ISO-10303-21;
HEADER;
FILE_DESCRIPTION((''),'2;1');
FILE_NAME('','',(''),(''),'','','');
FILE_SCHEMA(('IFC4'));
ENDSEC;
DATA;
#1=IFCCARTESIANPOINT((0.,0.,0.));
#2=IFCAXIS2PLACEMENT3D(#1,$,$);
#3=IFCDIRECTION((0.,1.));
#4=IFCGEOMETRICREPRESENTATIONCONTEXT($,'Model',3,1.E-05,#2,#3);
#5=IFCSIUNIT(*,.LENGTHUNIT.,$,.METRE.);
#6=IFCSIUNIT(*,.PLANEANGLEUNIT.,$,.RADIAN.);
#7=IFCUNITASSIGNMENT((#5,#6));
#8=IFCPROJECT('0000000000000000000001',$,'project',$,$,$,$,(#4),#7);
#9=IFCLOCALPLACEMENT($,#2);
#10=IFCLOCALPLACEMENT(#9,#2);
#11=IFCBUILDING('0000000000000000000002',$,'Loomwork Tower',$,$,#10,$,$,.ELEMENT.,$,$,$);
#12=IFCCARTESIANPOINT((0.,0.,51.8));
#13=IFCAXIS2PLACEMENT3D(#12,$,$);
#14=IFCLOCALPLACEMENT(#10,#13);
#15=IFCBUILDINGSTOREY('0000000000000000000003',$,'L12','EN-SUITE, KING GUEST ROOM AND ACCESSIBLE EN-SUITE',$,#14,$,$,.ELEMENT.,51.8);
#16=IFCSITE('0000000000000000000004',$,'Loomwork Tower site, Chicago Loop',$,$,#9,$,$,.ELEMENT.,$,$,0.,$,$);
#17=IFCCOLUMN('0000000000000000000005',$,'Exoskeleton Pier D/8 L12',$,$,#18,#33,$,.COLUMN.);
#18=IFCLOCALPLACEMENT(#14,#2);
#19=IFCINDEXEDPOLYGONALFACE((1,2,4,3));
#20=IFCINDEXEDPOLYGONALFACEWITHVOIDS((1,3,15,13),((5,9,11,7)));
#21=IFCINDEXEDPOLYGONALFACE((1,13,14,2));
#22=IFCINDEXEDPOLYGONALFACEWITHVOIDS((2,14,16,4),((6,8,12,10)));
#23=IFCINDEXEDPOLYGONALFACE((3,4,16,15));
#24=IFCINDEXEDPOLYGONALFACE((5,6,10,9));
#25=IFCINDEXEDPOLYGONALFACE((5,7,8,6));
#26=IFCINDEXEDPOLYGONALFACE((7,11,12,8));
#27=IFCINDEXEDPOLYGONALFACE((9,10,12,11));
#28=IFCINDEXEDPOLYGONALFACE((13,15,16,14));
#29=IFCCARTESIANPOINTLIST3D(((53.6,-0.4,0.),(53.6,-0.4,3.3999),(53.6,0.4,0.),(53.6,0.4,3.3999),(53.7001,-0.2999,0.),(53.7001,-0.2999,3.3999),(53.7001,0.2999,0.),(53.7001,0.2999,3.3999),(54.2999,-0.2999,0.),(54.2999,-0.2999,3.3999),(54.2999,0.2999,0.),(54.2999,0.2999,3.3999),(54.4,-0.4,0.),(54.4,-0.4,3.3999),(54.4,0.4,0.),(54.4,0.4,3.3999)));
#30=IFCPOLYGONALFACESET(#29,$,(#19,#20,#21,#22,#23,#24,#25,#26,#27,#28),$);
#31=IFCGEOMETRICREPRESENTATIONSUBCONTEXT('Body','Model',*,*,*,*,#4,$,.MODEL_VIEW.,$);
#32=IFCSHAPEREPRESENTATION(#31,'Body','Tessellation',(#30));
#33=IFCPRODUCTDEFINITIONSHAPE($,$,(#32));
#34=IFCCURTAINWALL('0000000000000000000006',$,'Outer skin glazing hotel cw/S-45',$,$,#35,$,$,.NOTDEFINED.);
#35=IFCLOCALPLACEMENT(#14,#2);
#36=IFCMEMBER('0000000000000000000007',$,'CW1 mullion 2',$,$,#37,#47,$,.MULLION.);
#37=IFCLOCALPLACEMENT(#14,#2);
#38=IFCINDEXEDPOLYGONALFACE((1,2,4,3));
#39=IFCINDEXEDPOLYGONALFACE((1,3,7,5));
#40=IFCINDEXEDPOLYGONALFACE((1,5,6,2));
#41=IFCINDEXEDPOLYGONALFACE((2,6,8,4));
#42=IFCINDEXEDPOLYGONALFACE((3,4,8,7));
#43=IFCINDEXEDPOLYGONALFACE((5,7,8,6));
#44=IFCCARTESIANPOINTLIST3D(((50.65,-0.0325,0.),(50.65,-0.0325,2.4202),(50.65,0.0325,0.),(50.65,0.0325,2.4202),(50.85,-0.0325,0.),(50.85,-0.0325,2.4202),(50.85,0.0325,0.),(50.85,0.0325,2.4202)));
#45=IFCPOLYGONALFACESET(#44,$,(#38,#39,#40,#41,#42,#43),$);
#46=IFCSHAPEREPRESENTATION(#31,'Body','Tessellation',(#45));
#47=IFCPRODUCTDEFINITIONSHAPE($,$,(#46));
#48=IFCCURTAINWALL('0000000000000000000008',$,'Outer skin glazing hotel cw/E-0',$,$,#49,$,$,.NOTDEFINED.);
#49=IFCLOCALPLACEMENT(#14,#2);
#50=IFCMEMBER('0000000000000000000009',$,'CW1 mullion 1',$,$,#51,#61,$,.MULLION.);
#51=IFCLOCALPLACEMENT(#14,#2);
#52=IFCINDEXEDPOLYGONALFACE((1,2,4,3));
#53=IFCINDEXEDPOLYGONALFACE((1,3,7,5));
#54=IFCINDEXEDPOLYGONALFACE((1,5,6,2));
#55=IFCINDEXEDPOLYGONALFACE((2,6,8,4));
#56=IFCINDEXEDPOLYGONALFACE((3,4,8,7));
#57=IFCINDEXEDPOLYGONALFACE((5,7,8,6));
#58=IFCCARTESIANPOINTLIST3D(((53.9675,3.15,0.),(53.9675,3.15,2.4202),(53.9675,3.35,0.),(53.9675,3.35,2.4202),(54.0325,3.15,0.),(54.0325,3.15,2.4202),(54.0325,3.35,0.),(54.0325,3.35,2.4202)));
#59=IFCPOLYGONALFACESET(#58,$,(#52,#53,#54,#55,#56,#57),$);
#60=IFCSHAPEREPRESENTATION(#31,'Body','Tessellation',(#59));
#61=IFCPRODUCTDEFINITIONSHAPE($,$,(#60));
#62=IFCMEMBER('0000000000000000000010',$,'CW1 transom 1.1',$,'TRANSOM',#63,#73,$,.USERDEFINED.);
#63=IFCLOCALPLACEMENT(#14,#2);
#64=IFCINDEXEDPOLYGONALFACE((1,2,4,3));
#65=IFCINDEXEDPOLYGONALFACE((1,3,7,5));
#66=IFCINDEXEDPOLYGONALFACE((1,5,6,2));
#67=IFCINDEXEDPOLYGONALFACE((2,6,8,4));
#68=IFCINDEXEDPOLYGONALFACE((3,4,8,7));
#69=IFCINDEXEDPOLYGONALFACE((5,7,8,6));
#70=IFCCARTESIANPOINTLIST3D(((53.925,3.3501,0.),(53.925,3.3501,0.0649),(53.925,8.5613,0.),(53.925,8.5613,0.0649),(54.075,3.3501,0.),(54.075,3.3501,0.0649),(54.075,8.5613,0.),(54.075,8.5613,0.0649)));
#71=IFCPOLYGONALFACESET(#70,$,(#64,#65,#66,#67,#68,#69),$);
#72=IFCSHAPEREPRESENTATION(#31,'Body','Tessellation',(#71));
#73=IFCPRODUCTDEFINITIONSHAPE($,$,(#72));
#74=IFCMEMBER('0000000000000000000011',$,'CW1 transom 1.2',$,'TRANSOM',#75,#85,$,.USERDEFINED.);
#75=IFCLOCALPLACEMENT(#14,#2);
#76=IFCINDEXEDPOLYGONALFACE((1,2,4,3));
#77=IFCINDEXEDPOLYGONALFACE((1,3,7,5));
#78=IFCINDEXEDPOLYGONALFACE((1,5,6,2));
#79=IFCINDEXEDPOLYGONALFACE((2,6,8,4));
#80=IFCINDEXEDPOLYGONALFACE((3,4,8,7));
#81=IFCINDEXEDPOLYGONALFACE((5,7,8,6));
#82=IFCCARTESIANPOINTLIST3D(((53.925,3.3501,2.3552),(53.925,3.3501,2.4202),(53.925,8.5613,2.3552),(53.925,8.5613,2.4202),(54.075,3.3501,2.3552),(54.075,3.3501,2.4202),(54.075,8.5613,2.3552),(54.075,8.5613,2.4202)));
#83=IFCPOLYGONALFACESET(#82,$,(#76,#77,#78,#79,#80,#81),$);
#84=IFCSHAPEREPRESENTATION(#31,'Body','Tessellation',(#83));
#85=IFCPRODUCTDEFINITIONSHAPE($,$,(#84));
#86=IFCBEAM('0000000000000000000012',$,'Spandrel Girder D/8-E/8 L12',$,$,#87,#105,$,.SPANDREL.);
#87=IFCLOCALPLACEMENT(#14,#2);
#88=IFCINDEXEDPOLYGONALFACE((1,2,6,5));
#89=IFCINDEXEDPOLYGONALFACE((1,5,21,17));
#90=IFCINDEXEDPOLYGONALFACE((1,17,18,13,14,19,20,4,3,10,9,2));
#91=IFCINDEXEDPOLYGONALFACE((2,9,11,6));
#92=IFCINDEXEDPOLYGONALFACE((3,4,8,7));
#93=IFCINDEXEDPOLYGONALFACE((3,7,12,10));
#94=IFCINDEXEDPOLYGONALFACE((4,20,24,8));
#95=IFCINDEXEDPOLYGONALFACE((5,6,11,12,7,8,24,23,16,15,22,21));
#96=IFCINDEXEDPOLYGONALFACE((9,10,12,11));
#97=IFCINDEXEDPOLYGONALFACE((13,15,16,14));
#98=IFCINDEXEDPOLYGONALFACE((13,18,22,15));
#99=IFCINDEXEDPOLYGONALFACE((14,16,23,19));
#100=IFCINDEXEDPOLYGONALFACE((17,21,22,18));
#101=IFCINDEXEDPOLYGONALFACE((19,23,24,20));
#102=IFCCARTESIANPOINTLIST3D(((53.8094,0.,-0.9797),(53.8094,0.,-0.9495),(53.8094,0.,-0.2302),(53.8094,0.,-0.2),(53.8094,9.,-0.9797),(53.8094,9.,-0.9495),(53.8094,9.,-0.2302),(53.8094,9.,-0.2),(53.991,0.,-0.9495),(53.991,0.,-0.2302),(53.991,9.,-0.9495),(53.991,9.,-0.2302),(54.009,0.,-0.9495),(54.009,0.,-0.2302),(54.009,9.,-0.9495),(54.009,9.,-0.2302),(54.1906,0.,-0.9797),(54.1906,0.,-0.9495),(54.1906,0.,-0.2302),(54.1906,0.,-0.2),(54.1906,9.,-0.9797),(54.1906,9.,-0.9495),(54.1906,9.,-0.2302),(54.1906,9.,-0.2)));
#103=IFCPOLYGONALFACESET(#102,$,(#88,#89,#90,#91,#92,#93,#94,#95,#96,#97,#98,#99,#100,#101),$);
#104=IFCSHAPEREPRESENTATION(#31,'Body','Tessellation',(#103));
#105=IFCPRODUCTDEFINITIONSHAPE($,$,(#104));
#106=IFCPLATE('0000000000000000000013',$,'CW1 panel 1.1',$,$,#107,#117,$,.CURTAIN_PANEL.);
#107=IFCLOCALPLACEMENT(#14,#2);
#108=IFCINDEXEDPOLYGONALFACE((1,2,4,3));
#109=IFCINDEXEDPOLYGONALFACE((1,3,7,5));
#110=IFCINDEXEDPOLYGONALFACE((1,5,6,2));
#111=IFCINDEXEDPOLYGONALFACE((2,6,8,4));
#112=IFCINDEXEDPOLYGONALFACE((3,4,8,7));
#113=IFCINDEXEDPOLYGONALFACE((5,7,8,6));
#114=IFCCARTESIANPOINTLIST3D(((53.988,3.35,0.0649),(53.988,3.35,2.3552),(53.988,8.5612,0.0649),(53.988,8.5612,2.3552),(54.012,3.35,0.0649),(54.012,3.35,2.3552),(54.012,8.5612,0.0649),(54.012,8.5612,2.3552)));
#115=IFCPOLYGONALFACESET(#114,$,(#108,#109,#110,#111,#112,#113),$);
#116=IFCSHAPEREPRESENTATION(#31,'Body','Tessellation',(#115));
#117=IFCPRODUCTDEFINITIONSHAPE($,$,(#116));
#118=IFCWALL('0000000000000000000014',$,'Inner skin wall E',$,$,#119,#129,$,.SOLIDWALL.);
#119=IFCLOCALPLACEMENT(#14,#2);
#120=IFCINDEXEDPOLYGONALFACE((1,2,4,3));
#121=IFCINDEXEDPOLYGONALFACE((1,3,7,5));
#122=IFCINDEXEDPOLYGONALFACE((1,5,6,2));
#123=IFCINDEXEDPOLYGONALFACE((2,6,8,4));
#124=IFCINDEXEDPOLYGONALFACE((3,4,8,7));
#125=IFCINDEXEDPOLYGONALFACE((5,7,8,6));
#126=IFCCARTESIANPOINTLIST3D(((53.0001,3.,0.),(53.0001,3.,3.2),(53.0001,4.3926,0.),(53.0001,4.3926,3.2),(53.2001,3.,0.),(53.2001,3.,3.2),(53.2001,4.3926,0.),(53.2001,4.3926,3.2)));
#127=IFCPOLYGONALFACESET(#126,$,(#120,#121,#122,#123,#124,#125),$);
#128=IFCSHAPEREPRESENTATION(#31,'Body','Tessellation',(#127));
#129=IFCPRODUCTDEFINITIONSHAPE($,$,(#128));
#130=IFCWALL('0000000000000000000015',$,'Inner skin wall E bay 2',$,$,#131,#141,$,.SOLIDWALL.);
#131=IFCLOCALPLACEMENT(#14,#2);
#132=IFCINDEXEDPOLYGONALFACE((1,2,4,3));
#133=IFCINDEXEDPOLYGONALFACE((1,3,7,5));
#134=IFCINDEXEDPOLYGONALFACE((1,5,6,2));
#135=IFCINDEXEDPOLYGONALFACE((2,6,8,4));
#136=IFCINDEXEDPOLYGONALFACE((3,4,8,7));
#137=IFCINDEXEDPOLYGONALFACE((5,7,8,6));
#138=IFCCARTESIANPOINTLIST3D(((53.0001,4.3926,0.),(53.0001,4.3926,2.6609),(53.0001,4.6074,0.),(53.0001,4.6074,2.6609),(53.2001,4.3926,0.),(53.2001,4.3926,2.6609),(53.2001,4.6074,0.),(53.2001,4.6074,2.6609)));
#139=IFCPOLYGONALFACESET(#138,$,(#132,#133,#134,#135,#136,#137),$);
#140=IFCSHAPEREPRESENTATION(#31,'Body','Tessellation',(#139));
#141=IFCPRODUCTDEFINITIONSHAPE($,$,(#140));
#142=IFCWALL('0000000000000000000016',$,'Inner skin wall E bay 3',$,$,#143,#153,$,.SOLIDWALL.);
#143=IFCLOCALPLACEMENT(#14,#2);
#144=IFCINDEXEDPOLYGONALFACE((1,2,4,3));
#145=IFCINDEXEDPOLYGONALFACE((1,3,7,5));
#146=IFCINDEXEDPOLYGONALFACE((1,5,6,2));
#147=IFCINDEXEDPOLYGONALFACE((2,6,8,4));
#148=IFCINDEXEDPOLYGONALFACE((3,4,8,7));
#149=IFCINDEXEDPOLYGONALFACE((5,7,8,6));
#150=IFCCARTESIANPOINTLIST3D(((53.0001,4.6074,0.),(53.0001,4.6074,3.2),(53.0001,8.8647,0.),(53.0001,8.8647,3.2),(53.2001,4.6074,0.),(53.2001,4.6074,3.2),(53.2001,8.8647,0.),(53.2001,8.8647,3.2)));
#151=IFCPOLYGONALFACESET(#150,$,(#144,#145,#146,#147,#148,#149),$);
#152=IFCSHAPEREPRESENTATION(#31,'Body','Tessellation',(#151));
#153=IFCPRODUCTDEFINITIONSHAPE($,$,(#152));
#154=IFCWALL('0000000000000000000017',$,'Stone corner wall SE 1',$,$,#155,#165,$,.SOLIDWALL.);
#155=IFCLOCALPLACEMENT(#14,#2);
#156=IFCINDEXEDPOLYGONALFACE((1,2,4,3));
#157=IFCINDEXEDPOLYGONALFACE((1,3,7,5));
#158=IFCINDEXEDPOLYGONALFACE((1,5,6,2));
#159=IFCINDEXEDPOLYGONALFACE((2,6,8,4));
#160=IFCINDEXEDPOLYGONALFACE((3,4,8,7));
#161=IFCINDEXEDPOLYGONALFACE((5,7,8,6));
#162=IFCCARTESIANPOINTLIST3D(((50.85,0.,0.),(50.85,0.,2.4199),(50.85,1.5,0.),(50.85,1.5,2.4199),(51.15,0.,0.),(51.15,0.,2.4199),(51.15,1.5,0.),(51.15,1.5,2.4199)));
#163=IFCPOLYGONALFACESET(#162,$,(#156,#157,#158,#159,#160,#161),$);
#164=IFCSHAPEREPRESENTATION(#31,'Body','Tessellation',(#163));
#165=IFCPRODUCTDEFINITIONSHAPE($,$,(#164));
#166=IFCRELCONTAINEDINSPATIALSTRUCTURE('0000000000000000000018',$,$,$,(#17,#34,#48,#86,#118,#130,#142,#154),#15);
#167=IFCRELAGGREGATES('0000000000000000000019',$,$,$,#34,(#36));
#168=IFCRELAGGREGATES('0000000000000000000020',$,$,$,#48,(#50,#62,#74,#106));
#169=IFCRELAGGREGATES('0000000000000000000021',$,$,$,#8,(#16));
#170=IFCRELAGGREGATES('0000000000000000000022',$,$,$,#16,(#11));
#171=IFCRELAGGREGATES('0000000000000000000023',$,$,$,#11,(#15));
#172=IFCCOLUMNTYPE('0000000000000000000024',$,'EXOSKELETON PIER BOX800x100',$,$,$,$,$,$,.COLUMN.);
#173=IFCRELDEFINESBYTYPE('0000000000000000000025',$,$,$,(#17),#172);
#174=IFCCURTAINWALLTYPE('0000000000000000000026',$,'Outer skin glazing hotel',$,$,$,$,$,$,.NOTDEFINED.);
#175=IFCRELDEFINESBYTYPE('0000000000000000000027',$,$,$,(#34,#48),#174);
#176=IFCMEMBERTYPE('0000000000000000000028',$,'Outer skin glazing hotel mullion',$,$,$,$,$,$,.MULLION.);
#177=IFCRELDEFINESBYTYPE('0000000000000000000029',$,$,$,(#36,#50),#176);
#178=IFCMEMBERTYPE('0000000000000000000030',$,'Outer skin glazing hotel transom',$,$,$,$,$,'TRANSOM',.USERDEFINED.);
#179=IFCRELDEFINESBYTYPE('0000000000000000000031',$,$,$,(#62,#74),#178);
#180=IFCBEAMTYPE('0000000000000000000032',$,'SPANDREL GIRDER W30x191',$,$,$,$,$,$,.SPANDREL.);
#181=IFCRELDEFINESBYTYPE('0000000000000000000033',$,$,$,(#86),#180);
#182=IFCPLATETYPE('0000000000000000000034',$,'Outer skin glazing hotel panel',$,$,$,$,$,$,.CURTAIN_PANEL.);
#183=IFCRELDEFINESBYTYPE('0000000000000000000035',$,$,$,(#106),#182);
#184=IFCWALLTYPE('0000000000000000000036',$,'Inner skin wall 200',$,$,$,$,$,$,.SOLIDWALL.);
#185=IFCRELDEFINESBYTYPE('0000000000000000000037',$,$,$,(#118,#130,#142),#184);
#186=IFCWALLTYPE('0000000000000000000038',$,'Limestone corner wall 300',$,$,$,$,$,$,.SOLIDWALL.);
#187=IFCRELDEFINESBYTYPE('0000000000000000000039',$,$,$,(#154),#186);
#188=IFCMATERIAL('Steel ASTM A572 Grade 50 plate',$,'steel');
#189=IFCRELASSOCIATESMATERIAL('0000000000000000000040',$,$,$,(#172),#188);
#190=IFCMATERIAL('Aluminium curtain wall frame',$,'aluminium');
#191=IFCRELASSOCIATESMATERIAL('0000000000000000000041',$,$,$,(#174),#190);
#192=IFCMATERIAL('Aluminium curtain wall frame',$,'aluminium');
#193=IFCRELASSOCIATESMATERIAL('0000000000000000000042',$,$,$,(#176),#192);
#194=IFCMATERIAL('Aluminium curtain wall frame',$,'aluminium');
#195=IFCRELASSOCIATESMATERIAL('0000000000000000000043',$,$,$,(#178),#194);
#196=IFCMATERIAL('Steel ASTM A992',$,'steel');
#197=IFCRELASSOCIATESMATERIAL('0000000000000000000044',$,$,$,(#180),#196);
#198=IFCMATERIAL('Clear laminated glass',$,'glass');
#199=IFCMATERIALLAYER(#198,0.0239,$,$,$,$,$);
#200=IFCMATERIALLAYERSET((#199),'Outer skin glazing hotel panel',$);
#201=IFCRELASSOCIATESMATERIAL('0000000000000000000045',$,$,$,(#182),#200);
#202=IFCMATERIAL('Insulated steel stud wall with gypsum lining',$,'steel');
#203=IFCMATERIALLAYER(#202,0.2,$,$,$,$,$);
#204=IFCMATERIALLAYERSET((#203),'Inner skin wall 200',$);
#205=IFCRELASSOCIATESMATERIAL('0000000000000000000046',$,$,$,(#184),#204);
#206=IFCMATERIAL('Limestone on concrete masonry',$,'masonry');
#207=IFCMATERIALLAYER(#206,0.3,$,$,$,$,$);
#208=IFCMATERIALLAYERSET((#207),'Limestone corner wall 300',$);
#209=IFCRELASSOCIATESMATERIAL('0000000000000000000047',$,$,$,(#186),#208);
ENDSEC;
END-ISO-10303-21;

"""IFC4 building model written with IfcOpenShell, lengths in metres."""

from ifc_helpers import new_model, si_unit, direction, frame, frame_2d, origin, origin_2d, place, context, subcontext, project, spatial, rectangle, hollow_rectangle, i_section, extrude, material, layer, layer_set, material_profile, profile_set, type_object, element, aggregate, save


model = new_model("IFC4")

# Units and contexts
model_context = context("Model", 3, precision=1e-05, world=origin(), true_north=direction((0.0, 1.0)))
body_context = subcontext(model_context, "Body", "Model", "MODEL_VIEW")
ifc_project = project(units=[si_unit("LENGTHUNIT", "METRE"), si_unit("PLANEANGLEUNIT", "RADIAN")], contexts=[model_context])

# Site, building, storey
site_placement = place(None, origin())
site = spatial("IfcSite", under=ifc_project, at=site_placement, Name="Loomwork Tower site, Chicago Loop", CompositionType="ELEMENT", RefElevation=0.0)
building_placement = place(site_placement, origin())
building = spatial("IfcBuilding", under=site, at=building_placement, Name="Loomwork Tower", CompositionType="ELEMENT")
storey_placement = place(building_placement, frame((0.0, 0.0, 51.8)))
storey = spatial("IfcBuildingStorey", under=building, at=storey_placement, Name="L12", Description="EN-SUITE, KING GUEST ROOM AND ACCESSIBLE EN-SUITE", CompositionType="ELEMENT", Elevation=51.8)

# Column
ifc_material_1 = material(Name="Steel ASTM A572 Grade 50 plate", Category="steel")
ifc_material_profile_1 = material_profile(ifc_material_1, hollow_rectangle(XDim=0.8, YDim=0.8, WallThickness=0.1001, at=origin_2d()), Name="BOX800x100")
ifc_profile_set_1 = profile_set([ifc_material_profile_1], Name="Steel ASTM A572 Grade 50 plate")
column_type = type_object("IfcColumnType", Name="EXOSKELETON PIER BOX800x100", PredefinedType="COLUMN", material=ifc_profile_set_1)
column_placement = place(storey_placement, frame((54.0, 0.0, 0.0), z_axis=(0.0, 0.0, 1.0), x_axis=(1.0, 0.0, 0.0)))
element("IfcColumn", 1, at=column_placement, inside=storey, type_object=column_type, Name="Exoskeleton Pier D/8 L12", PredefinedType="COLUMN", context=body_context, shape_type="SweptSolid", body=[
    extrude(hollow_rectangle(XDim=0.8, YDim=0.8, WallThickness=0.1001, at=origin_2d()), origin(), (0.0, 0.0, 1.0), 3.3999),
])

# Curtain wall, member
ifc_material_2 = material(Name="Aluminium curtain wall frame", Category="aluminium")
curtain_wall_type = type_object("IfcCurtainWallType", Name="Outer skin glazing hotel", PredefinedType="NOTDEFINED", material=ifc_material_2)
curtain_wall_1_placement = place(storey_placement, origin())
curtain_wall_1 = element("IfcCurtainWall", 2, at=curtain_wall_1_placement, inside=storey, type_object=curtain_wall_type, Name="Outer skin glazing hotel cw/S-45", PredefinedType="NOTDEFINED")
ifc_material_3 = material(Name="Aluminium curtain wall frame", Category="aluminium")
ifc_material_profile_2 = material_profile(ifc_material_3, rectangle(XDim=0.0649, YDim=0.2, at=origin_2d()), Name="AL 65x200")
ifc_profile_set_2 = profile_set([ifc_material_profile_2], Name="Aluminium curtain wall frame")
member_type_1 = type_object("IfcMemberType", Name="Outer skin glazing hotel mullion", PredefinedType="MULLION", material=ifc_profile_set_2)
member_1_placement = place(storey_placement, frame((50.75, 0.0, 0.0), z_axis=(0.0, 0.0, 1.0), x_axis=(0.0, 1.0, 0.0)))
member_1 = element("IfcMember", 3, at=member_1_placement, type_object=member_type_1, Name="CW1 mullion 2", PredefinedType="MULLION", context=body_context, shape_type="SweptSolid", body=[
    extrude(rectangle(XDim=0.0649, YDim=0.2, at=origin_2d()), origin(), (0.0, 0.0, 1.0), 2.4202),
])
aggregate(curtain_wall_1, [member_1])

# Curtain wall, members
curtain_wall_2_placement = place(storey_placement, origin())
curtain_wall_2 = element("IfcCurtainWall", 4, at=curtain_wall_2_placement, inside=storey, type_object=curtain_wall_type, Name="Outer skin glazing hotel cw/E-0", PredefinedType="NOTDEFINED")
member_2_placement = place(storey_placement, frame((54.0, 3.25, 0.0), z_axis=(0.0, 0.0, 1.0), x_axis=(-1.0, 0.0, 0.0)))
member_2 = element("IfcMember", 5, at=member_2_placement, type_object=member_type_1, Name="CW1 mullion 1", PredefinedType="MULLION", context=body_context, shape_type="SweptSolid", body=[
    extrude(rectangle(XDim=0.0649, YDim=0.2, at=origin_2d()), origin(), (0.0, 0.0, 1.0), 2.4202),
])
ifc_material_4 = material(Name="Aluminium curtain wall frame", Category="aluminium")
ifc_material_profile_3 = material_profile(ifc_material_4, rectangle(XDim=0.1499, YDim=0.0649, at=origin_2d()), Name="AL 65x150")
ifc_profile_set_3 = profile_set([ifc_material_profile_3], Name="Aluminium curtain wall frame")
member_type_2 = type_object("IfcMemberType", Name="Outer skin glazing hotel transom", ElementType="TRANSOM", PredefinedType="USERDEFINED", material=ifc_profile_set_3)
member_3_placement = place(storey_placement, frame((54.0, 3.3501, 0.0325), z_axis=(0.0, 1.0, 0.0), x_axis=(-1.0, 0.0, 0.0)))
member_3 = element("IfcMember", 6, at=member_3_placement, type_object=member_type_2, Name="CW1 transom 1.1", ObjectType="TRANSOM", PredefinedType="USERDEFINED", context=body_context, shape_type="SweptSolid", body=[
    extrude(rectangle(XDim=0.1499, YDim=0.0649, at=origin_2d()), origin(), (0.0, 0.0, 1.0), 5.2112),
])
member_4_placement = place(storey_placement, frame((54.0, 3.3501, 2.3877), z_axis=(0.0, 1.0, 0.0), x_axis=(-1.0, 0.0, 0.0)))
member_4 = element("IfcMember", 7, at=member_4_placement, type_object=member_type_2, Name="CW1 transom 1.2", ObjectType="TRANSOM", PredefinedType="USERDEFINED", context=body_context, shape_type="SweptSolid", body=[
    extrude(rectangle(XDim=0.1499, YDim=0.0649, at=origin_2d()), origin(), (0.0, 0.0, 1.0), 5.2112),
])

# Beam
ifc_material_5 = material(Name="Steel ASTM A992", Category="steel")
ifc_material_profile_4 = material_profile(ifc_material_5, i_section(OverallWidth=0.3811, OverallDepth=0.7798, WebThickness=0.0181, FlangeThickness=0.0303, at=origin_2d()), Name="W30x191")
ifc_profile_set_4 = profile_set([ifc_material_profile_4], Name="Steel ASTM A992")
beam_type = type_object("IfcBeamType", Name="SPANDREL GIRDER W30x191", PredefinedType="SPANDREL", material=ifc_profile_set_4)
beam_placement = place(storey_placement, frame((54.0, 0.0, -0.5898), z_axis=(0.0, 1.0, 0.0), x_axis=(-1.0, 0.0, 0.0)))
element("IfcBeam", 8, at=beam_placement, inside=storey, type_object=beam_type, Name="Spandrel Girder D/8-E/8 L12", PredefinedType="SPANDREL", context=body_context, shape_type="SweptSolid", body=[
    extrude(i_section(OverallWidth=0.3811, OverallDepth=0.7798, WebThickness=0.0181, FlangeThickness=0.0303, at=origin_2d()), origin(), (0.0, 0.0, 1.0), 9.0),
])

# Plate
ifc_material_6 = material(Name="Clear laminated glass", Category="glass")
ifc_layer_1 = layer(ifc_material_6, 0.0239)
ifc_layer_set_1 = layer_set([ifc_layer_1], Name="Outer skin glazing hotel panel")
plate_type = type_object("IfcPlateType", Name="Outer skin glazing hotel panel", PredefinedType="CURTAIN_PANEL", material=ifc_layer_set_1)
plate_placement = place(storey_placement, frame((54.0, 5.9556, 0.0649), z_axis=(0.0, 0.0, 1.0), x_axis=(0.0, 1.0, 0.0)))
plate = element("IfcPlate", 9, at=plate_placement, type_object=plate_type, Name="CW1 panel 1.1", PredefinedType="CURTAIN_PANEL", context=body_context, shape_type="SweptSolid", body=[
    extrude(rectangle(XDim=5.2112, YDim=0.0239, at=origin_2d()), origin(), (0.0, 0.0, 1.0), 2.2903),
])
aggregate(curtain_wall_2, [member_2, member_3, member_4, plate])

# Walls
ifc_material_7 = material(Name="Insulated steel stud wall with gypsum lining", Category="steel")
ifc_layer_2 = layer(ifc_material_7, 0.2)
ifc_layer_set_2 = layer_set([ifc_layer_2], Name="Inner skin wall 200")
wall_type_1 = type_object("IfcWallType", Name="Inner skin wall 200", PredefinedType="SOLIDWALL", material=ifc_layer_set_2)
wall_1_placement = place(storey_placement, frame((53.1001, 3.0, 0.0), z_axis=(0.0, 0.0, 1.0), x_axis=(0.0, 1.0, 0.0)))
element("IfcWall", 10, at=wall_1_placement, inside=storey, type_object=wall_type_1, Name="Inner skin wall E", PredefinedType="SOLIDWALL", context=body_context, shape_type="SweptSolid", body=[
    extrude(rectangle(XDim=1.3926, YDim=0.2, at=frame_2d((0.6963, 0.0))), origin(), (0.0, 0.0, 1.0), 3.2),
])
wall_2_placement = place(storey_placement, frame((53.1001, 4.3926, 0.0), z_axis=(0.0, 0.0, 1.0), x_axis=(0.0, 1.0, 0.0)))
element("IfcWall", 11, at=wall_2_placement, inside=storey, type_object=wall_type_1, Name="Inner skin wall E bay 2", PredefinedType="SOLIDWALL", context=body_context, shape_type="SweptSolid", body=[
    extrude(rectangle(XDim=0.2148, YDim=0.2, at=frame_2d((0.1074, 0.0))), origin(), (0.0, 0.0, 1.0), 2.6609),
])
wall_3_placement = place(storey_placement, frame((53.1001, 4.6074, 0.0), z_axis=(0.0, 0.0, 1.0), x_axis=(0.0, 1.0, 0.0)))
element("IfcWall", 12, at=wall_3_placement, inside=storey, type_object=wall_type_1, Name="Inner skin wall E bay 3", PredefinedType="SOLIDWALL", context=body_context, shape_type="SweptSolid", body=[
    extrude(rectangle(XDim=4.2573, YDim=0.2, at=frame_2d((2.1287, 0.0))), origin(), (0.0, 0.0, 1.0), 3.2),
])
ifc_material_8 = material(Name="Limestone on concrete masonry", Category="masonry")
ifc_layer_3 = layer(ifc_material_8, 0.3)
ifc_layer_set_3 = layer_set([ifc_layer_3], Name="Limestone corner wall 300")
wall_type_2 = type_object("IfcWallType", Name="Limestone corner wall 300", PredefinedType="SOLIDWALL", material=ifc_layer_set_3)
wall_4_placement = place(storey_placement, frame((51.0, 0.0, 0.0), z_axis=(0.0, 0.0, 1.0), x_axis=(0.0, 1.0, 0.0)))
element("IfcWall", 13, at=wall_4_placement, inside=storey, type_object=wall_type_2, Name="Stone corner wall SE 1", PredefinedType="SOLIDWALL", context=body_context, shape_type="SweptSolid", body=[
    extrude(rectangle(XDim=1.5, YDim=0.3, at=frame_2d((0.75, 0.0))), origin(), (0.0, 0.0, 1.0), 2.4199),
])

save(model, "model.ifc")
